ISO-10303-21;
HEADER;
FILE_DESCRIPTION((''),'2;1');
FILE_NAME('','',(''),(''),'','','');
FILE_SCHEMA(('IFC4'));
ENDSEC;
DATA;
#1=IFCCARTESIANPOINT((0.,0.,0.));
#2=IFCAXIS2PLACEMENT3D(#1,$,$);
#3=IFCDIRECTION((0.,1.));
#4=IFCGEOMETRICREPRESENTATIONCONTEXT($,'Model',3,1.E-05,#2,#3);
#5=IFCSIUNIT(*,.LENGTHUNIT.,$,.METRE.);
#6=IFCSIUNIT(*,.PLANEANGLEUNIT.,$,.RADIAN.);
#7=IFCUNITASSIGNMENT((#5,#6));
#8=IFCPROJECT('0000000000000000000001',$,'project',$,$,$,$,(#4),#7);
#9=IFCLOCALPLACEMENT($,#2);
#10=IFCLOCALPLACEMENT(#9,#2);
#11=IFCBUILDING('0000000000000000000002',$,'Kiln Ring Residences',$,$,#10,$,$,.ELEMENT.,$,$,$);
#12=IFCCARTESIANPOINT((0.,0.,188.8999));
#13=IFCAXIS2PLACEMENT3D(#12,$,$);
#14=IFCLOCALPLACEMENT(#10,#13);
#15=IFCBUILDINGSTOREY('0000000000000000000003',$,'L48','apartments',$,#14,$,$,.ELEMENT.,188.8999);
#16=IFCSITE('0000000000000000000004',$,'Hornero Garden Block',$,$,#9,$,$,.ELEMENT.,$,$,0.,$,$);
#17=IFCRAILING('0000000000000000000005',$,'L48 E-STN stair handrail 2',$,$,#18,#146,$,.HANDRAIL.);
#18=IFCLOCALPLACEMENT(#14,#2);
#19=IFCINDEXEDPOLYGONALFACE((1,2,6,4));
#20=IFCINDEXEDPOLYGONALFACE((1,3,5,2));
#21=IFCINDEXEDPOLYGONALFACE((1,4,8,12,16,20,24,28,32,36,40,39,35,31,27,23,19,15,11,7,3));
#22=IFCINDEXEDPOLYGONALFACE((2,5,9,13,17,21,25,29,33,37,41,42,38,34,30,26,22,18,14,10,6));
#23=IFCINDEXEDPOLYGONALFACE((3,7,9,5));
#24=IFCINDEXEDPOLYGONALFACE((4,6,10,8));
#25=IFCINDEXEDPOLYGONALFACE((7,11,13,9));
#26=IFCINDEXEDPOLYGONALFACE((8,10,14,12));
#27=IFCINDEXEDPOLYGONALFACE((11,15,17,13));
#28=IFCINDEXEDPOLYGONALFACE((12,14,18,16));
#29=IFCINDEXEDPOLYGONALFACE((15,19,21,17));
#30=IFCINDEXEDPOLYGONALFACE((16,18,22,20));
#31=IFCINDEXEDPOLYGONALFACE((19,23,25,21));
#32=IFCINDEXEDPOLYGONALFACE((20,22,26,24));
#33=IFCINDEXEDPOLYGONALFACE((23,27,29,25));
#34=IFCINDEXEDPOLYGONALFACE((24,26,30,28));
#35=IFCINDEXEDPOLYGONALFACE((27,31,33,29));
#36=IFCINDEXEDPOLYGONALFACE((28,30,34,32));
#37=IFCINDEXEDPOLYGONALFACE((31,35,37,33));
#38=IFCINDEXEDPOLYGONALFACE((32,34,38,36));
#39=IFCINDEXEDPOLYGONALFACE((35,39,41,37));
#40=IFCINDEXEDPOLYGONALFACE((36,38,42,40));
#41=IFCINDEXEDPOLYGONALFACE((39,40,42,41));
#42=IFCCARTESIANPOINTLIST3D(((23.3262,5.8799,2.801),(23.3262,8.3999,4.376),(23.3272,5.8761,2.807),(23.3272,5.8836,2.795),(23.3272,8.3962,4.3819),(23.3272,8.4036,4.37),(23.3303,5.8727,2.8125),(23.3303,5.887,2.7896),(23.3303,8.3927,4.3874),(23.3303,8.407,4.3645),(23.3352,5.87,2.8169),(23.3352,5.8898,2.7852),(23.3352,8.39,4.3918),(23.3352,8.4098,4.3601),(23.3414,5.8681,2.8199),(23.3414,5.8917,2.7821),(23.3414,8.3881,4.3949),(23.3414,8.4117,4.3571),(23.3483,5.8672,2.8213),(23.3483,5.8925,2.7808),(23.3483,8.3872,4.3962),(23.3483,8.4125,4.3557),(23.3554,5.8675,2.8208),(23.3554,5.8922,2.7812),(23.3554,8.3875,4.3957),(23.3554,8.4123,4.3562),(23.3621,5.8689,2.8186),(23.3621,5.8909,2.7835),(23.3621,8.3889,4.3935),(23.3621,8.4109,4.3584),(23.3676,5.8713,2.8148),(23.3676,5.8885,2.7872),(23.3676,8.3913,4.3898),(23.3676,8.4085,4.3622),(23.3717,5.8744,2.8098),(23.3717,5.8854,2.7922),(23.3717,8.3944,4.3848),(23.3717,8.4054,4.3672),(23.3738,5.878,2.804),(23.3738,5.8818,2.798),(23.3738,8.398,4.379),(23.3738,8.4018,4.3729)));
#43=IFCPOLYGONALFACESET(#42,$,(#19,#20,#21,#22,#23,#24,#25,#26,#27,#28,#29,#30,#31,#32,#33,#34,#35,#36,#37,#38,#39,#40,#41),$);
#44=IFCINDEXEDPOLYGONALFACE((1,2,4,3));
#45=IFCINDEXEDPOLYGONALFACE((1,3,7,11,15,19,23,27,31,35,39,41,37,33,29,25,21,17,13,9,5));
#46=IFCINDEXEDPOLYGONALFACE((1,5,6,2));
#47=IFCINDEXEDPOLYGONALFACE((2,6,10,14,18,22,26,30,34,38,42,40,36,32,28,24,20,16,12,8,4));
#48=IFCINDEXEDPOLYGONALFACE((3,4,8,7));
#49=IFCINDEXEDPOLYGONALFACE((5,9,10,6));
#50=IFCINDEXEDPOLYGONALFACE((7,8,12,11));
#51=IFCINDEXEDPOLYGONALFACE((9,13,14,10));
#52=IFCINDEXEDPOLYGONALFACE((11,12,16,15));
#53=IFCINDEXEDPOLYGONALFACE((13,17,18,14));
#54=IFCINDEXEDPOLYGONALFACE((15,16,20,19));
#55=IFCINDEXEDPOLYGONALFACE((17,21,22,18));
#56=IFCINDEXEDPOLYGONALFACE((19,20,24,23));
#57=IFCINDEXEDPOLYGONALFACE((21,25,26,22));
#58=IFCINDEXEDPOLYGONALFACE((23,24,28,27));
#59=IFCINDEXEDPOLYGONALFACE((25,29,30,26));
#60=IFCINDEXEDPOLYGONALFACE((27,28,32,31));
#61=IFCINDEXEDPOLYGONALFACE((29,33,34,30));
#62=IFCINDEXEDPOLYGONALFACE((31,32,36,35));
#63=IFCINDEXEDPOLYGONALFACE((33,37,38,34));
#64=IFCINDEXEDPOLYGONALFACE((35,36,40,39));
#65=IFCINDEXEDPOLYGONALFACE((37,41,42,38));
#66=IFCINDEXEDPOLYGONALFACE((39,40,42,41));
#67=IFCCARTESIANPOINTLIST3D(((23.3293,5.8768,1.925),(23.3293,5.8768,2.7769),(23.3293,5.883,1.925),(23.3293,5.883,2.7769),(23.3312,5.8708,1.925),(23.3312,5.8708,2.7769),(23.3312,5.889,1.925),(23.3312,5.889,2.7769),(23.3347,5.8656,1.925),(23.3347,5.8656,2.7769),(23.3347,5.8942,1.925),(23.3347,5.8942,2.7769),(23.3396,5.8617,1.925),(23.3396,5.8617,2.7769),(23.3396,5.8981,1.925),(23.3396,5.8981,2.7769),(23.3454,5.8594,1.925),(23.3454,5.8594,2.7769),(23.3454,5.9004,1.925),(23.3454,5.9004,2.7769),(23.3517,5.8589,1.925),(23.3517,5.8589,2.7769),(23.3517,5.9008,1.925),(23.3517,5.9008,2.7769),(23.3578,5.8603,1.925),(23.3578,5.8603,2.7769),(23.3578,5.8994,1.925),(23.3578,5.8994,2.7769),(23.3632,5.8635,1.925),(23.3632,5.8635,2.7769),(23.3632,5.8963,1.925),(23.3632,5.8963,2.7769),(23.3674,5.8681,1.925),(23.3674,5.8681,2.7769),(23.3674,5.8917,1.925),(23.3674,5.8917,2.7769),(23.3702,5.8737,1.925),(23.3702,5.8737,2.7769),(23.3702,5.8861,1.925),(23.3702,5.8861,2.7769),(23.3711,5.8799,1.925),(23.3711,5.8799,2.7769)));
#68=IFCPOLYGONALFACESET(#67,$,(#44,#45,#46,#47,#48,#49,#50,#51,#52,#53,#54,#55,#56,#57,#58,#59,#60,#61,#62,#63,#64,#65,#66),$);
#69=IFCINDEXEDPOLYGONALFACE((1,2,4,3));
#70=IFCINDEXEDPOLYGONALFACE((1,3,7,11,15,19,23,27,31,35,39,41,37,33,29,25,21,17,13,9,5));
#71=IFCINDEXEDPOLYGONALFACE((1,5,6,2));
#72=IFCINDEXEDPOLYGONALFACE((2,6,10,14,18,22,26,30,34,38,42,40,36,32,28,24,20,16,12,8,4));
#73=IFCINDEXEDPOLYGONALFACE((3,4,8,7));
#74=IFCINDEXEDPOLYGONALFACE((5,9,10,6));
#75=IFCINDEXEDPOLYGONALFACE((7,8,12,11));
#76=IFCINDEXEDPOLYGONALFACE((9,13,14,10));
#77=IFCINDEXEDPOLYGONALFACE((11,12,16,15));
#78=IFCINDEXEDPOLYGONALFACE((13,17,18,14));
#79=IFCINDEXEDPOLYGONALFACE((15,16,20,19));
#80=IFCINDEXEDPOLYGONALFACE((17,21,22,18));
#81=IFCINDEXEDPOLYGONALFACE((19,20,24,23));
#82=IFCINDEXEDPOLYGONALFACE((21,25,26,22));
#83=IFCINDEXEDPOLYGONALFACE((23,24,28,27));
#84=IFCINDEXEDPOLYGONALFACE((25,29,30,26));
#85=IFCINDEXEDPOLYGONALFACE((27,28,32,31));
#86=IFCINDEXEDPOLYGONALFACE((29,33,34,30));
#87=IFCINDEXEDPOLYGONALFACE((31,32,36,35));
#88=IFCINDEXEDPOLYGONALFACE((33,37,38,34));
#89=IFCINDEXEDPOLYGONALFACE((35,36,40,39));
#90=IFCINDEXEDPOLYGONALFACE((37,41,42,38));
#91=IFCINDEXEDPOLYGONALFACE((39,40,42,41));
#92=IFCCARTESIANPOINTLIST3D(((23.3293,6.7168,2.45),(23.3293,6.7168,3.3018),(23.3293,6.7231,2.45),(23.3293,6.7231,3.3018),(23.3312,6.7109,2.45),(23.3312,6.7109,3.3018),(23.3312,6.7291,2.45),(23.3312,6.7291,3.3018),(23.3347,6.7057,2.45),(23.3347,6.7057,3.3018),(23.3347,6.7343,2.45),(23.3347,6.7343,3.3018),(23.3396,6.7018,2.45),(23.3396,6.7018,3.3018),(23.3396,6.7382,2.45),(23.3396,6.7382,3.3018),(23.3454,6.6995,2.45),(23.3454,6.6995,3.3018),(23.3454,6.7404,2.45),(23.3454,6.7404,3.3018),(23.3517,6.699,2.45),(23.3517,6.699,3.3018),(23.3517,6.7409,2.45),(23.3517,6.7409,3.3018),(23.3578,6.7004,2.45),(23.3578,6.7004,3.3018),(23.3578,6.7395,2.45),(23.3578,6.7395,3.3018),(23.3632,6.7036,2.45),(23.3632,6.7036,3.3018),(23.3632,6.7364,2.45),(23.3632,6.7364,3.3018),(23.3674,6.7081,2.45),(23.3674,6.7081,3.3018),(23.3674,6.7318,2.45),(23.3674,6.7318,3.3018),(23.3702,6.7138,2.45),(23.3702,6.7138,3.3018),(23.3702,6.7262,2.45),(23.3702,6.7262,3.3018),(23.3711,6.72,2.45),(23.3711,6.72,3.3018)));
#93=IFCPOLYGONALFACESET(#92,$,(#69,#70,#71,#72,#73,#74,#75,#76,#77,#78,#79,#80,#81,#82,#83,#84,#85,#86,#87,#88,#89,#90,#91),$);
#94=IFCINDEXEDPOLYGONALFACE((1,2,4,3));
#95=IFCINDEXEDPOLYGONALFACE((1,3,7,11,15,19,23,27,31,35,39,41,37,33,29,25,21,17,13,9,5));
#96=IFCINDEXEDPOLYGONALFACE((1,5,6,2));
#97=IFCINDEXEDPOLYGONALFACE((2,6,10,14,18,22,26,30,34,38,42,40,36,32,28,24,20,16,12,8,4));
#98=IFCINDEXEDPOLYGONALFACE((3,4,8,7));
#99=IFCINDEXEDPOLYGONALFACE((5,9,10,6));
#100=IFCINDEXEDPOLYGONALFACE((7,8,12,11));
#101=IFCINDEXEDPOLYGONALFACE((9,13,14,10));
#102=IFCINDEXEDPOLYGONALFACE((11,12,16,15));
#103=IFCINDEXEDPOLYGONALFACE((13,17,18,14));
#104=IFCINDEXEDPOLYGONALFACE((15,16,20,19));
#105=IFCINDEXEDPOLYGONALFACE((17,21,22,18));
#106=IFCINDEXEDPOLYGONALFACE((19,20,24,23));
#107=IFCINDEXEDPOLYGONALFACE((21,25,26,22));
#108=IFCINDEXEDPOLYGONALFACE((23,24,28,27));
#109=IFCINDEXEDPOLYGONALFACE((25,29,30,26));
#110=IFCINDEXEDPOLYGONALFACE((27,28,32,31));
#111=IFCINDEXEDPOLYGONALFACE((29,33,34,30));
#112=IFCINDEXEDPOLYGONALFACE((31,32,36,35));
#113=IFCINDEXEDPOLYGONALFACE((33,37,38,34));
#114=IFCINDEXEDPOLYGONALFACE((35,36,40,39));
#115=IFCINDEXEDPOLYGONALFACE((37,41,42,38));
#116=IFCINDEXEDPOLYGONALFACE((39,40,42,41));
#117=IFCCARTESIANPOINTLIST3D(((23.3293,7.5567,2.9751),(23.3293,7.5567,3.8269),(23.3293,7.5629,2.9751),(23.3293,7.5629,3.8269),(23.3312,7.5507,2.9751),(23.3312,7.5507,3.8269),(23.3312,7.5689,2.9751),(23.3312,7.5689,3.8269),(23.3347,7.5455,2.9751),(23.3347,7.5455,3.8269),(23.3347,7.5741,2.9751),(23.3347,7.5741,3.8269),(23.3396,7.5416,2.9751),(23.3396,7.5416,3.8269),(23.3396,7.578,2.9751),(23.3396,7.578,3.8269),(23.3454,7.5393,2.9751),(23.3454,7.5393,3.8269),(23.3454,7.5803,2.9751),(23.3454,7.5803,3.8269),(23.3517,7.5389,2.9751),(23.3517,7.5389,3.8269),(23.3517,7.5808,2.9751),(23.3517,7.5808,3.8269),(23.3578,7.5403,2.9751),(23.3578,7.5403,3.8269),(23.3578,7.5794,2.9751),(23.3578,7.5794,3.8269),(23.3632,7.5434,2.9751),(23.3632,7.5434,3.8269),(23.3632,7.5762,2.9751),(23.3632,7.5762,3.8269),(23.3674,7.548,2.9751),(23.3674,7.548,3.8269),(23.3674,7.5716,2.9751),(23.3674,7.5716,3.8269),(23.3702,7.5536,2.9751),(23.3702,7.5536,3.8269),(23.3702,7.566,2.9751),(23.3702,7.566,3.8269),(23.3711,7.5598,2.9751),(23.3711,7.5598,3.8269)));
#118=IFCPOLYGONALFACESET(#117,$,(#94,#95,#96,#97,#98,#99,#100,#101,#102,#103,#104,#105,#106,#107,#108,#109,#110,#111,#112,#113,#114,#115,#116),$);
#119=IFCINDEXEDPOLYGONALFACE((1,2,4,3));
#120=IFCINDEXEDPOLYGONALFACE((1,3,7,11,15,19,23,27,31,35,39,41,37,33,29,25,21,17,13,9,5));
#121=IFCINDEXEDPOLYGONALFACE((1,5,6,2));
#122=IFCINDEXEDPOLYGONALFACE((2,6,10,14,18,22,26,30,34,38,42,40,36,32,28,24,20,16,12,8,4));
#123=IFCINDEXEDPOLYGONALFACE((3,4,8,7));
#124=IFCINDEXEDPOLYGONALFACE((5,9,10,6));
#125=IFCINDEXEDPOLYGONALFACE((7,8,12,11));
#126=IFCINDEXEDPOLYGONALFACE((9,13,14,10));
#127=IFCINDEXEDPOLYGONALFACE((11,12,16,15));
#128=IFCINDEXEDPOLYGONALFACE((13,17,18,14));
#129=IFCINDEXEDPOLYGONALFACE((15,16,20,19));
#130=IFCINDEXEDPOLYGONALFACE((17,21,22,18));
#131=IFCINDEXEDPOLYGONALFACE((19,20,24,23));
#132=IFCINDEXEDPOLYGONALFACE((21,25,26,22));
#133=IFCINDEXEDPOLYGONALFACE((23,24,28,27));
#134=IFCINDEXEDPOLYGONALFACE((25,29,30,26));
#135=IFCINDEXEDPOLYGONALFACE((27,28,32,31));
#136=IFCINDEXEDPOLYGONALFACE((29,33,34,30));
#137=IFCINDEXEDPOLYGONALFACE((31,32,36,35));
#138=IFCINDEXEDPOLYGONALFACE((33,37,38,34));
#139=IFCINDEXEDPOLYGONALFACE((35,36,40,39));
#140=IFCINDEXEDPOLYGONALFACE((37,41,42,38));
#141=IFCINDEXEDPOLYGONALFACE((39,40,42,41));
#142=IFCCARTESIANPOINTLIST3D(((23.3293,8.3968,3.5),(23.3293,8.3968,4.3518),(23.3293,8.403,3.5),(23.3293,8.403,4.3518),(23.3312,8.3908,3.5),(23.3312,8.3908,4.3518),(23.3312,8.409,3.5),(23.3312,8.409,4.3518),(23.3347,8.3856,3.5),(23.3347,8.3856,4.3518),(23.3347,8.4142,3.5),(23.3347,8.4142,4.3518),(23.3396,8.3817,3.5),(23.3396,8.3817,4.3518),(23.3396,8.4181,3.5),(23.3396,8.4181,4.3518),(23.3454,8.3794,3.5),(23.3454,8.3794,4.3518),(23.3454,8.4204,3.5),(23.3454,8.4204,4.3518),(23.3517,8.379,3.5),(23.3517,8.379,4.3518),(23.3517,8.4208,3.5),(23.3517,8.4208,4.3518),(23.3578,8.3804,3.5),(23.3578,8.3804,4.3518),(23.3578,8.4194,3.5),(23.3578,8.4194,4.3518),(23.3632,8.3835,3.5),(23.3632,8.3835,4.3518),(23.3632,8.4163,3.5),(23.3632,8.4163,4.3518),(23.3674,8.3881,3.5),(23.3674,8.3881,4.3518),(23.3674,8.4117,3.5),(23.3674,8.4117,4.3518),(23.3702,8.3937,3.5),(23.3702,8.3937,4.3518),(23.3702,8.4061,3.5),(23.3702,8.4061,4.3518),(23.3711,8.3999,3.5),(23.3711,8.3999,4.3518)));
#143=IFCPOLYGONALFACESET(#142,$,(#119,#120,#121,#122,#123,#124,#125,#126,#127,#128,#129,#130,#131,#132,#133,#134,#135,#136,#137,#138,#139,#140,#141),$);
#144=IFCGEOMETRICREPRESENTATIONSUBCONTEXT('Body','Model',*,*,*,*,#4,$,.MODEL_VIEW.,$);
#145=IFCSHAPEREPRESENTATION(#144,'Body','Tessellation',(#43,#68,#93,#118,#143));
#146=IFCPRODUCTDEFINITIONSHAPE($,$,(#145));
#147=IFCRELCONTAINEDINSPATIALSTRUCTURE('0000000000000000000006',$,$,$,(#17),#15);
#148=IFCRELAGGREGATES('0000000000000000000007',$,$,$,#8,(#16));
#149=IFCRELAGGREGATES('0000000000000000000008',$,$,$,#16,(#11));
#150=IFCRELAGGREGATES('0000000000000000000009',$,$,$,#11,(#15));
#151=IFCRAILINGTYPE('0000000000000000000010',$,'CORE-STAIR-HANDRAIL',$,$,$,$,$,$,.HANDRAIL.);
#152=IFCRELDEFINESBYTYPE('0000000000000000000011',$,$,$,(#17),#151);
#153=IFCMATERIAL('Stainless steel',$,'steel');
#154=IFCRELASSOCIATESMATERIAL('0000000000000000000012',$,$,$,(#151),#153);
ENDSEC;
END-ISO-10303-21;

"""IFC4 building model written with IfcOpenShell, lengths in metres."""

from ifc_helpers import new_model, si_unit, direction, frame, origin, origin_2d, place, context, subcontext, project, spatial, circle, extrude, material, type_object, element, save


model = new_model("IFC4")

# Units and contexts
model_context = context("Model", 3, precision=1e-05, world=origin(), true_north=direction((0.0, 1.0)))
body_context = subcontext(model_context, "Body", "Model", "MODEL_VIEW")
ifc_project = project(units=[si_unit("LENGTHUNIT", "METRE"), si_unit("PLANEANGLEUNIT", "RADIAN")], contexts=[model_context])

# Site, building, storey
site_placement = place(None, origin())
site = spatial("IfcSite", under=ifc_project, at=site_placement, Name="Hornero Garden Block", CompositionType="ELEMENT", RefElevation=0.0)
building_placement = place(site_placement, origin())
building = spatial("IfcBuilding", under=site, at=building_placement, Name="Kiln Ring Residences", CompositionType="ELEMENT")
storey_placement = place(building_placement, frame((0.0, 0.0, 188.8999)))
storey = spatial("IfcBuildingStorey", under=building, at=storey_placement, Name="L48", Description="apartments", CompositionType="ELEMENT", Elevation=188.8999)

# Railing
ifc_material_1 = material(Name="Stainless steel", Category="steel")
railing_type_1 = type_object("IfcRailingType", Name="CORE-STAIR-HANDRAIL", PredefinedType="HANDRAIL", material=ifc_material_1)
railing_1_placement = place(storey_placement, frame((23.3501, 5.8799, 1.925)))
element("IfcRailing", 1, at=railing_1_placement, inside=storey, type_object=railing_type_1, Name="L48 E-STN stair handrail 2", PredefinedType="HANDRAIL", context=body_context, shape_type="SweptSolid", body=[
    extrude(circle(Radius=0.0239, at=origin_2d()), frame((0.0, 0.0, 0.876), z_axis=(0.0, 0.848008, 0.529984), x_axis=(-1.0, 0.0, 0.0)), (0.0, 0.0, 1.0), 2.9717),
    extrude(circle(Radius=0.021, at=origin_2d()), origin(), (0.0, 0.0, 1.0), 0.8518),
    extrude(circle(Radius=0.021, at=origin_2d()), frame((0.0, 0.8401, 0.5249)), (0.0, 0.0, 1.0), 0.8518),
    extrude(circle(Radius=0.021, at=origin_2d()), frame((0.0, 1.6799, 1.05)), (0.0, 0.0, 1.0), 0.8518),
    extrude(circle(Radius=0.021, at=origin_2d()), frame((0.0, 2.52, 1.575)), (0.0, 0.0, 1.0), 0.8518),
])

save(model, "model.ifc")
